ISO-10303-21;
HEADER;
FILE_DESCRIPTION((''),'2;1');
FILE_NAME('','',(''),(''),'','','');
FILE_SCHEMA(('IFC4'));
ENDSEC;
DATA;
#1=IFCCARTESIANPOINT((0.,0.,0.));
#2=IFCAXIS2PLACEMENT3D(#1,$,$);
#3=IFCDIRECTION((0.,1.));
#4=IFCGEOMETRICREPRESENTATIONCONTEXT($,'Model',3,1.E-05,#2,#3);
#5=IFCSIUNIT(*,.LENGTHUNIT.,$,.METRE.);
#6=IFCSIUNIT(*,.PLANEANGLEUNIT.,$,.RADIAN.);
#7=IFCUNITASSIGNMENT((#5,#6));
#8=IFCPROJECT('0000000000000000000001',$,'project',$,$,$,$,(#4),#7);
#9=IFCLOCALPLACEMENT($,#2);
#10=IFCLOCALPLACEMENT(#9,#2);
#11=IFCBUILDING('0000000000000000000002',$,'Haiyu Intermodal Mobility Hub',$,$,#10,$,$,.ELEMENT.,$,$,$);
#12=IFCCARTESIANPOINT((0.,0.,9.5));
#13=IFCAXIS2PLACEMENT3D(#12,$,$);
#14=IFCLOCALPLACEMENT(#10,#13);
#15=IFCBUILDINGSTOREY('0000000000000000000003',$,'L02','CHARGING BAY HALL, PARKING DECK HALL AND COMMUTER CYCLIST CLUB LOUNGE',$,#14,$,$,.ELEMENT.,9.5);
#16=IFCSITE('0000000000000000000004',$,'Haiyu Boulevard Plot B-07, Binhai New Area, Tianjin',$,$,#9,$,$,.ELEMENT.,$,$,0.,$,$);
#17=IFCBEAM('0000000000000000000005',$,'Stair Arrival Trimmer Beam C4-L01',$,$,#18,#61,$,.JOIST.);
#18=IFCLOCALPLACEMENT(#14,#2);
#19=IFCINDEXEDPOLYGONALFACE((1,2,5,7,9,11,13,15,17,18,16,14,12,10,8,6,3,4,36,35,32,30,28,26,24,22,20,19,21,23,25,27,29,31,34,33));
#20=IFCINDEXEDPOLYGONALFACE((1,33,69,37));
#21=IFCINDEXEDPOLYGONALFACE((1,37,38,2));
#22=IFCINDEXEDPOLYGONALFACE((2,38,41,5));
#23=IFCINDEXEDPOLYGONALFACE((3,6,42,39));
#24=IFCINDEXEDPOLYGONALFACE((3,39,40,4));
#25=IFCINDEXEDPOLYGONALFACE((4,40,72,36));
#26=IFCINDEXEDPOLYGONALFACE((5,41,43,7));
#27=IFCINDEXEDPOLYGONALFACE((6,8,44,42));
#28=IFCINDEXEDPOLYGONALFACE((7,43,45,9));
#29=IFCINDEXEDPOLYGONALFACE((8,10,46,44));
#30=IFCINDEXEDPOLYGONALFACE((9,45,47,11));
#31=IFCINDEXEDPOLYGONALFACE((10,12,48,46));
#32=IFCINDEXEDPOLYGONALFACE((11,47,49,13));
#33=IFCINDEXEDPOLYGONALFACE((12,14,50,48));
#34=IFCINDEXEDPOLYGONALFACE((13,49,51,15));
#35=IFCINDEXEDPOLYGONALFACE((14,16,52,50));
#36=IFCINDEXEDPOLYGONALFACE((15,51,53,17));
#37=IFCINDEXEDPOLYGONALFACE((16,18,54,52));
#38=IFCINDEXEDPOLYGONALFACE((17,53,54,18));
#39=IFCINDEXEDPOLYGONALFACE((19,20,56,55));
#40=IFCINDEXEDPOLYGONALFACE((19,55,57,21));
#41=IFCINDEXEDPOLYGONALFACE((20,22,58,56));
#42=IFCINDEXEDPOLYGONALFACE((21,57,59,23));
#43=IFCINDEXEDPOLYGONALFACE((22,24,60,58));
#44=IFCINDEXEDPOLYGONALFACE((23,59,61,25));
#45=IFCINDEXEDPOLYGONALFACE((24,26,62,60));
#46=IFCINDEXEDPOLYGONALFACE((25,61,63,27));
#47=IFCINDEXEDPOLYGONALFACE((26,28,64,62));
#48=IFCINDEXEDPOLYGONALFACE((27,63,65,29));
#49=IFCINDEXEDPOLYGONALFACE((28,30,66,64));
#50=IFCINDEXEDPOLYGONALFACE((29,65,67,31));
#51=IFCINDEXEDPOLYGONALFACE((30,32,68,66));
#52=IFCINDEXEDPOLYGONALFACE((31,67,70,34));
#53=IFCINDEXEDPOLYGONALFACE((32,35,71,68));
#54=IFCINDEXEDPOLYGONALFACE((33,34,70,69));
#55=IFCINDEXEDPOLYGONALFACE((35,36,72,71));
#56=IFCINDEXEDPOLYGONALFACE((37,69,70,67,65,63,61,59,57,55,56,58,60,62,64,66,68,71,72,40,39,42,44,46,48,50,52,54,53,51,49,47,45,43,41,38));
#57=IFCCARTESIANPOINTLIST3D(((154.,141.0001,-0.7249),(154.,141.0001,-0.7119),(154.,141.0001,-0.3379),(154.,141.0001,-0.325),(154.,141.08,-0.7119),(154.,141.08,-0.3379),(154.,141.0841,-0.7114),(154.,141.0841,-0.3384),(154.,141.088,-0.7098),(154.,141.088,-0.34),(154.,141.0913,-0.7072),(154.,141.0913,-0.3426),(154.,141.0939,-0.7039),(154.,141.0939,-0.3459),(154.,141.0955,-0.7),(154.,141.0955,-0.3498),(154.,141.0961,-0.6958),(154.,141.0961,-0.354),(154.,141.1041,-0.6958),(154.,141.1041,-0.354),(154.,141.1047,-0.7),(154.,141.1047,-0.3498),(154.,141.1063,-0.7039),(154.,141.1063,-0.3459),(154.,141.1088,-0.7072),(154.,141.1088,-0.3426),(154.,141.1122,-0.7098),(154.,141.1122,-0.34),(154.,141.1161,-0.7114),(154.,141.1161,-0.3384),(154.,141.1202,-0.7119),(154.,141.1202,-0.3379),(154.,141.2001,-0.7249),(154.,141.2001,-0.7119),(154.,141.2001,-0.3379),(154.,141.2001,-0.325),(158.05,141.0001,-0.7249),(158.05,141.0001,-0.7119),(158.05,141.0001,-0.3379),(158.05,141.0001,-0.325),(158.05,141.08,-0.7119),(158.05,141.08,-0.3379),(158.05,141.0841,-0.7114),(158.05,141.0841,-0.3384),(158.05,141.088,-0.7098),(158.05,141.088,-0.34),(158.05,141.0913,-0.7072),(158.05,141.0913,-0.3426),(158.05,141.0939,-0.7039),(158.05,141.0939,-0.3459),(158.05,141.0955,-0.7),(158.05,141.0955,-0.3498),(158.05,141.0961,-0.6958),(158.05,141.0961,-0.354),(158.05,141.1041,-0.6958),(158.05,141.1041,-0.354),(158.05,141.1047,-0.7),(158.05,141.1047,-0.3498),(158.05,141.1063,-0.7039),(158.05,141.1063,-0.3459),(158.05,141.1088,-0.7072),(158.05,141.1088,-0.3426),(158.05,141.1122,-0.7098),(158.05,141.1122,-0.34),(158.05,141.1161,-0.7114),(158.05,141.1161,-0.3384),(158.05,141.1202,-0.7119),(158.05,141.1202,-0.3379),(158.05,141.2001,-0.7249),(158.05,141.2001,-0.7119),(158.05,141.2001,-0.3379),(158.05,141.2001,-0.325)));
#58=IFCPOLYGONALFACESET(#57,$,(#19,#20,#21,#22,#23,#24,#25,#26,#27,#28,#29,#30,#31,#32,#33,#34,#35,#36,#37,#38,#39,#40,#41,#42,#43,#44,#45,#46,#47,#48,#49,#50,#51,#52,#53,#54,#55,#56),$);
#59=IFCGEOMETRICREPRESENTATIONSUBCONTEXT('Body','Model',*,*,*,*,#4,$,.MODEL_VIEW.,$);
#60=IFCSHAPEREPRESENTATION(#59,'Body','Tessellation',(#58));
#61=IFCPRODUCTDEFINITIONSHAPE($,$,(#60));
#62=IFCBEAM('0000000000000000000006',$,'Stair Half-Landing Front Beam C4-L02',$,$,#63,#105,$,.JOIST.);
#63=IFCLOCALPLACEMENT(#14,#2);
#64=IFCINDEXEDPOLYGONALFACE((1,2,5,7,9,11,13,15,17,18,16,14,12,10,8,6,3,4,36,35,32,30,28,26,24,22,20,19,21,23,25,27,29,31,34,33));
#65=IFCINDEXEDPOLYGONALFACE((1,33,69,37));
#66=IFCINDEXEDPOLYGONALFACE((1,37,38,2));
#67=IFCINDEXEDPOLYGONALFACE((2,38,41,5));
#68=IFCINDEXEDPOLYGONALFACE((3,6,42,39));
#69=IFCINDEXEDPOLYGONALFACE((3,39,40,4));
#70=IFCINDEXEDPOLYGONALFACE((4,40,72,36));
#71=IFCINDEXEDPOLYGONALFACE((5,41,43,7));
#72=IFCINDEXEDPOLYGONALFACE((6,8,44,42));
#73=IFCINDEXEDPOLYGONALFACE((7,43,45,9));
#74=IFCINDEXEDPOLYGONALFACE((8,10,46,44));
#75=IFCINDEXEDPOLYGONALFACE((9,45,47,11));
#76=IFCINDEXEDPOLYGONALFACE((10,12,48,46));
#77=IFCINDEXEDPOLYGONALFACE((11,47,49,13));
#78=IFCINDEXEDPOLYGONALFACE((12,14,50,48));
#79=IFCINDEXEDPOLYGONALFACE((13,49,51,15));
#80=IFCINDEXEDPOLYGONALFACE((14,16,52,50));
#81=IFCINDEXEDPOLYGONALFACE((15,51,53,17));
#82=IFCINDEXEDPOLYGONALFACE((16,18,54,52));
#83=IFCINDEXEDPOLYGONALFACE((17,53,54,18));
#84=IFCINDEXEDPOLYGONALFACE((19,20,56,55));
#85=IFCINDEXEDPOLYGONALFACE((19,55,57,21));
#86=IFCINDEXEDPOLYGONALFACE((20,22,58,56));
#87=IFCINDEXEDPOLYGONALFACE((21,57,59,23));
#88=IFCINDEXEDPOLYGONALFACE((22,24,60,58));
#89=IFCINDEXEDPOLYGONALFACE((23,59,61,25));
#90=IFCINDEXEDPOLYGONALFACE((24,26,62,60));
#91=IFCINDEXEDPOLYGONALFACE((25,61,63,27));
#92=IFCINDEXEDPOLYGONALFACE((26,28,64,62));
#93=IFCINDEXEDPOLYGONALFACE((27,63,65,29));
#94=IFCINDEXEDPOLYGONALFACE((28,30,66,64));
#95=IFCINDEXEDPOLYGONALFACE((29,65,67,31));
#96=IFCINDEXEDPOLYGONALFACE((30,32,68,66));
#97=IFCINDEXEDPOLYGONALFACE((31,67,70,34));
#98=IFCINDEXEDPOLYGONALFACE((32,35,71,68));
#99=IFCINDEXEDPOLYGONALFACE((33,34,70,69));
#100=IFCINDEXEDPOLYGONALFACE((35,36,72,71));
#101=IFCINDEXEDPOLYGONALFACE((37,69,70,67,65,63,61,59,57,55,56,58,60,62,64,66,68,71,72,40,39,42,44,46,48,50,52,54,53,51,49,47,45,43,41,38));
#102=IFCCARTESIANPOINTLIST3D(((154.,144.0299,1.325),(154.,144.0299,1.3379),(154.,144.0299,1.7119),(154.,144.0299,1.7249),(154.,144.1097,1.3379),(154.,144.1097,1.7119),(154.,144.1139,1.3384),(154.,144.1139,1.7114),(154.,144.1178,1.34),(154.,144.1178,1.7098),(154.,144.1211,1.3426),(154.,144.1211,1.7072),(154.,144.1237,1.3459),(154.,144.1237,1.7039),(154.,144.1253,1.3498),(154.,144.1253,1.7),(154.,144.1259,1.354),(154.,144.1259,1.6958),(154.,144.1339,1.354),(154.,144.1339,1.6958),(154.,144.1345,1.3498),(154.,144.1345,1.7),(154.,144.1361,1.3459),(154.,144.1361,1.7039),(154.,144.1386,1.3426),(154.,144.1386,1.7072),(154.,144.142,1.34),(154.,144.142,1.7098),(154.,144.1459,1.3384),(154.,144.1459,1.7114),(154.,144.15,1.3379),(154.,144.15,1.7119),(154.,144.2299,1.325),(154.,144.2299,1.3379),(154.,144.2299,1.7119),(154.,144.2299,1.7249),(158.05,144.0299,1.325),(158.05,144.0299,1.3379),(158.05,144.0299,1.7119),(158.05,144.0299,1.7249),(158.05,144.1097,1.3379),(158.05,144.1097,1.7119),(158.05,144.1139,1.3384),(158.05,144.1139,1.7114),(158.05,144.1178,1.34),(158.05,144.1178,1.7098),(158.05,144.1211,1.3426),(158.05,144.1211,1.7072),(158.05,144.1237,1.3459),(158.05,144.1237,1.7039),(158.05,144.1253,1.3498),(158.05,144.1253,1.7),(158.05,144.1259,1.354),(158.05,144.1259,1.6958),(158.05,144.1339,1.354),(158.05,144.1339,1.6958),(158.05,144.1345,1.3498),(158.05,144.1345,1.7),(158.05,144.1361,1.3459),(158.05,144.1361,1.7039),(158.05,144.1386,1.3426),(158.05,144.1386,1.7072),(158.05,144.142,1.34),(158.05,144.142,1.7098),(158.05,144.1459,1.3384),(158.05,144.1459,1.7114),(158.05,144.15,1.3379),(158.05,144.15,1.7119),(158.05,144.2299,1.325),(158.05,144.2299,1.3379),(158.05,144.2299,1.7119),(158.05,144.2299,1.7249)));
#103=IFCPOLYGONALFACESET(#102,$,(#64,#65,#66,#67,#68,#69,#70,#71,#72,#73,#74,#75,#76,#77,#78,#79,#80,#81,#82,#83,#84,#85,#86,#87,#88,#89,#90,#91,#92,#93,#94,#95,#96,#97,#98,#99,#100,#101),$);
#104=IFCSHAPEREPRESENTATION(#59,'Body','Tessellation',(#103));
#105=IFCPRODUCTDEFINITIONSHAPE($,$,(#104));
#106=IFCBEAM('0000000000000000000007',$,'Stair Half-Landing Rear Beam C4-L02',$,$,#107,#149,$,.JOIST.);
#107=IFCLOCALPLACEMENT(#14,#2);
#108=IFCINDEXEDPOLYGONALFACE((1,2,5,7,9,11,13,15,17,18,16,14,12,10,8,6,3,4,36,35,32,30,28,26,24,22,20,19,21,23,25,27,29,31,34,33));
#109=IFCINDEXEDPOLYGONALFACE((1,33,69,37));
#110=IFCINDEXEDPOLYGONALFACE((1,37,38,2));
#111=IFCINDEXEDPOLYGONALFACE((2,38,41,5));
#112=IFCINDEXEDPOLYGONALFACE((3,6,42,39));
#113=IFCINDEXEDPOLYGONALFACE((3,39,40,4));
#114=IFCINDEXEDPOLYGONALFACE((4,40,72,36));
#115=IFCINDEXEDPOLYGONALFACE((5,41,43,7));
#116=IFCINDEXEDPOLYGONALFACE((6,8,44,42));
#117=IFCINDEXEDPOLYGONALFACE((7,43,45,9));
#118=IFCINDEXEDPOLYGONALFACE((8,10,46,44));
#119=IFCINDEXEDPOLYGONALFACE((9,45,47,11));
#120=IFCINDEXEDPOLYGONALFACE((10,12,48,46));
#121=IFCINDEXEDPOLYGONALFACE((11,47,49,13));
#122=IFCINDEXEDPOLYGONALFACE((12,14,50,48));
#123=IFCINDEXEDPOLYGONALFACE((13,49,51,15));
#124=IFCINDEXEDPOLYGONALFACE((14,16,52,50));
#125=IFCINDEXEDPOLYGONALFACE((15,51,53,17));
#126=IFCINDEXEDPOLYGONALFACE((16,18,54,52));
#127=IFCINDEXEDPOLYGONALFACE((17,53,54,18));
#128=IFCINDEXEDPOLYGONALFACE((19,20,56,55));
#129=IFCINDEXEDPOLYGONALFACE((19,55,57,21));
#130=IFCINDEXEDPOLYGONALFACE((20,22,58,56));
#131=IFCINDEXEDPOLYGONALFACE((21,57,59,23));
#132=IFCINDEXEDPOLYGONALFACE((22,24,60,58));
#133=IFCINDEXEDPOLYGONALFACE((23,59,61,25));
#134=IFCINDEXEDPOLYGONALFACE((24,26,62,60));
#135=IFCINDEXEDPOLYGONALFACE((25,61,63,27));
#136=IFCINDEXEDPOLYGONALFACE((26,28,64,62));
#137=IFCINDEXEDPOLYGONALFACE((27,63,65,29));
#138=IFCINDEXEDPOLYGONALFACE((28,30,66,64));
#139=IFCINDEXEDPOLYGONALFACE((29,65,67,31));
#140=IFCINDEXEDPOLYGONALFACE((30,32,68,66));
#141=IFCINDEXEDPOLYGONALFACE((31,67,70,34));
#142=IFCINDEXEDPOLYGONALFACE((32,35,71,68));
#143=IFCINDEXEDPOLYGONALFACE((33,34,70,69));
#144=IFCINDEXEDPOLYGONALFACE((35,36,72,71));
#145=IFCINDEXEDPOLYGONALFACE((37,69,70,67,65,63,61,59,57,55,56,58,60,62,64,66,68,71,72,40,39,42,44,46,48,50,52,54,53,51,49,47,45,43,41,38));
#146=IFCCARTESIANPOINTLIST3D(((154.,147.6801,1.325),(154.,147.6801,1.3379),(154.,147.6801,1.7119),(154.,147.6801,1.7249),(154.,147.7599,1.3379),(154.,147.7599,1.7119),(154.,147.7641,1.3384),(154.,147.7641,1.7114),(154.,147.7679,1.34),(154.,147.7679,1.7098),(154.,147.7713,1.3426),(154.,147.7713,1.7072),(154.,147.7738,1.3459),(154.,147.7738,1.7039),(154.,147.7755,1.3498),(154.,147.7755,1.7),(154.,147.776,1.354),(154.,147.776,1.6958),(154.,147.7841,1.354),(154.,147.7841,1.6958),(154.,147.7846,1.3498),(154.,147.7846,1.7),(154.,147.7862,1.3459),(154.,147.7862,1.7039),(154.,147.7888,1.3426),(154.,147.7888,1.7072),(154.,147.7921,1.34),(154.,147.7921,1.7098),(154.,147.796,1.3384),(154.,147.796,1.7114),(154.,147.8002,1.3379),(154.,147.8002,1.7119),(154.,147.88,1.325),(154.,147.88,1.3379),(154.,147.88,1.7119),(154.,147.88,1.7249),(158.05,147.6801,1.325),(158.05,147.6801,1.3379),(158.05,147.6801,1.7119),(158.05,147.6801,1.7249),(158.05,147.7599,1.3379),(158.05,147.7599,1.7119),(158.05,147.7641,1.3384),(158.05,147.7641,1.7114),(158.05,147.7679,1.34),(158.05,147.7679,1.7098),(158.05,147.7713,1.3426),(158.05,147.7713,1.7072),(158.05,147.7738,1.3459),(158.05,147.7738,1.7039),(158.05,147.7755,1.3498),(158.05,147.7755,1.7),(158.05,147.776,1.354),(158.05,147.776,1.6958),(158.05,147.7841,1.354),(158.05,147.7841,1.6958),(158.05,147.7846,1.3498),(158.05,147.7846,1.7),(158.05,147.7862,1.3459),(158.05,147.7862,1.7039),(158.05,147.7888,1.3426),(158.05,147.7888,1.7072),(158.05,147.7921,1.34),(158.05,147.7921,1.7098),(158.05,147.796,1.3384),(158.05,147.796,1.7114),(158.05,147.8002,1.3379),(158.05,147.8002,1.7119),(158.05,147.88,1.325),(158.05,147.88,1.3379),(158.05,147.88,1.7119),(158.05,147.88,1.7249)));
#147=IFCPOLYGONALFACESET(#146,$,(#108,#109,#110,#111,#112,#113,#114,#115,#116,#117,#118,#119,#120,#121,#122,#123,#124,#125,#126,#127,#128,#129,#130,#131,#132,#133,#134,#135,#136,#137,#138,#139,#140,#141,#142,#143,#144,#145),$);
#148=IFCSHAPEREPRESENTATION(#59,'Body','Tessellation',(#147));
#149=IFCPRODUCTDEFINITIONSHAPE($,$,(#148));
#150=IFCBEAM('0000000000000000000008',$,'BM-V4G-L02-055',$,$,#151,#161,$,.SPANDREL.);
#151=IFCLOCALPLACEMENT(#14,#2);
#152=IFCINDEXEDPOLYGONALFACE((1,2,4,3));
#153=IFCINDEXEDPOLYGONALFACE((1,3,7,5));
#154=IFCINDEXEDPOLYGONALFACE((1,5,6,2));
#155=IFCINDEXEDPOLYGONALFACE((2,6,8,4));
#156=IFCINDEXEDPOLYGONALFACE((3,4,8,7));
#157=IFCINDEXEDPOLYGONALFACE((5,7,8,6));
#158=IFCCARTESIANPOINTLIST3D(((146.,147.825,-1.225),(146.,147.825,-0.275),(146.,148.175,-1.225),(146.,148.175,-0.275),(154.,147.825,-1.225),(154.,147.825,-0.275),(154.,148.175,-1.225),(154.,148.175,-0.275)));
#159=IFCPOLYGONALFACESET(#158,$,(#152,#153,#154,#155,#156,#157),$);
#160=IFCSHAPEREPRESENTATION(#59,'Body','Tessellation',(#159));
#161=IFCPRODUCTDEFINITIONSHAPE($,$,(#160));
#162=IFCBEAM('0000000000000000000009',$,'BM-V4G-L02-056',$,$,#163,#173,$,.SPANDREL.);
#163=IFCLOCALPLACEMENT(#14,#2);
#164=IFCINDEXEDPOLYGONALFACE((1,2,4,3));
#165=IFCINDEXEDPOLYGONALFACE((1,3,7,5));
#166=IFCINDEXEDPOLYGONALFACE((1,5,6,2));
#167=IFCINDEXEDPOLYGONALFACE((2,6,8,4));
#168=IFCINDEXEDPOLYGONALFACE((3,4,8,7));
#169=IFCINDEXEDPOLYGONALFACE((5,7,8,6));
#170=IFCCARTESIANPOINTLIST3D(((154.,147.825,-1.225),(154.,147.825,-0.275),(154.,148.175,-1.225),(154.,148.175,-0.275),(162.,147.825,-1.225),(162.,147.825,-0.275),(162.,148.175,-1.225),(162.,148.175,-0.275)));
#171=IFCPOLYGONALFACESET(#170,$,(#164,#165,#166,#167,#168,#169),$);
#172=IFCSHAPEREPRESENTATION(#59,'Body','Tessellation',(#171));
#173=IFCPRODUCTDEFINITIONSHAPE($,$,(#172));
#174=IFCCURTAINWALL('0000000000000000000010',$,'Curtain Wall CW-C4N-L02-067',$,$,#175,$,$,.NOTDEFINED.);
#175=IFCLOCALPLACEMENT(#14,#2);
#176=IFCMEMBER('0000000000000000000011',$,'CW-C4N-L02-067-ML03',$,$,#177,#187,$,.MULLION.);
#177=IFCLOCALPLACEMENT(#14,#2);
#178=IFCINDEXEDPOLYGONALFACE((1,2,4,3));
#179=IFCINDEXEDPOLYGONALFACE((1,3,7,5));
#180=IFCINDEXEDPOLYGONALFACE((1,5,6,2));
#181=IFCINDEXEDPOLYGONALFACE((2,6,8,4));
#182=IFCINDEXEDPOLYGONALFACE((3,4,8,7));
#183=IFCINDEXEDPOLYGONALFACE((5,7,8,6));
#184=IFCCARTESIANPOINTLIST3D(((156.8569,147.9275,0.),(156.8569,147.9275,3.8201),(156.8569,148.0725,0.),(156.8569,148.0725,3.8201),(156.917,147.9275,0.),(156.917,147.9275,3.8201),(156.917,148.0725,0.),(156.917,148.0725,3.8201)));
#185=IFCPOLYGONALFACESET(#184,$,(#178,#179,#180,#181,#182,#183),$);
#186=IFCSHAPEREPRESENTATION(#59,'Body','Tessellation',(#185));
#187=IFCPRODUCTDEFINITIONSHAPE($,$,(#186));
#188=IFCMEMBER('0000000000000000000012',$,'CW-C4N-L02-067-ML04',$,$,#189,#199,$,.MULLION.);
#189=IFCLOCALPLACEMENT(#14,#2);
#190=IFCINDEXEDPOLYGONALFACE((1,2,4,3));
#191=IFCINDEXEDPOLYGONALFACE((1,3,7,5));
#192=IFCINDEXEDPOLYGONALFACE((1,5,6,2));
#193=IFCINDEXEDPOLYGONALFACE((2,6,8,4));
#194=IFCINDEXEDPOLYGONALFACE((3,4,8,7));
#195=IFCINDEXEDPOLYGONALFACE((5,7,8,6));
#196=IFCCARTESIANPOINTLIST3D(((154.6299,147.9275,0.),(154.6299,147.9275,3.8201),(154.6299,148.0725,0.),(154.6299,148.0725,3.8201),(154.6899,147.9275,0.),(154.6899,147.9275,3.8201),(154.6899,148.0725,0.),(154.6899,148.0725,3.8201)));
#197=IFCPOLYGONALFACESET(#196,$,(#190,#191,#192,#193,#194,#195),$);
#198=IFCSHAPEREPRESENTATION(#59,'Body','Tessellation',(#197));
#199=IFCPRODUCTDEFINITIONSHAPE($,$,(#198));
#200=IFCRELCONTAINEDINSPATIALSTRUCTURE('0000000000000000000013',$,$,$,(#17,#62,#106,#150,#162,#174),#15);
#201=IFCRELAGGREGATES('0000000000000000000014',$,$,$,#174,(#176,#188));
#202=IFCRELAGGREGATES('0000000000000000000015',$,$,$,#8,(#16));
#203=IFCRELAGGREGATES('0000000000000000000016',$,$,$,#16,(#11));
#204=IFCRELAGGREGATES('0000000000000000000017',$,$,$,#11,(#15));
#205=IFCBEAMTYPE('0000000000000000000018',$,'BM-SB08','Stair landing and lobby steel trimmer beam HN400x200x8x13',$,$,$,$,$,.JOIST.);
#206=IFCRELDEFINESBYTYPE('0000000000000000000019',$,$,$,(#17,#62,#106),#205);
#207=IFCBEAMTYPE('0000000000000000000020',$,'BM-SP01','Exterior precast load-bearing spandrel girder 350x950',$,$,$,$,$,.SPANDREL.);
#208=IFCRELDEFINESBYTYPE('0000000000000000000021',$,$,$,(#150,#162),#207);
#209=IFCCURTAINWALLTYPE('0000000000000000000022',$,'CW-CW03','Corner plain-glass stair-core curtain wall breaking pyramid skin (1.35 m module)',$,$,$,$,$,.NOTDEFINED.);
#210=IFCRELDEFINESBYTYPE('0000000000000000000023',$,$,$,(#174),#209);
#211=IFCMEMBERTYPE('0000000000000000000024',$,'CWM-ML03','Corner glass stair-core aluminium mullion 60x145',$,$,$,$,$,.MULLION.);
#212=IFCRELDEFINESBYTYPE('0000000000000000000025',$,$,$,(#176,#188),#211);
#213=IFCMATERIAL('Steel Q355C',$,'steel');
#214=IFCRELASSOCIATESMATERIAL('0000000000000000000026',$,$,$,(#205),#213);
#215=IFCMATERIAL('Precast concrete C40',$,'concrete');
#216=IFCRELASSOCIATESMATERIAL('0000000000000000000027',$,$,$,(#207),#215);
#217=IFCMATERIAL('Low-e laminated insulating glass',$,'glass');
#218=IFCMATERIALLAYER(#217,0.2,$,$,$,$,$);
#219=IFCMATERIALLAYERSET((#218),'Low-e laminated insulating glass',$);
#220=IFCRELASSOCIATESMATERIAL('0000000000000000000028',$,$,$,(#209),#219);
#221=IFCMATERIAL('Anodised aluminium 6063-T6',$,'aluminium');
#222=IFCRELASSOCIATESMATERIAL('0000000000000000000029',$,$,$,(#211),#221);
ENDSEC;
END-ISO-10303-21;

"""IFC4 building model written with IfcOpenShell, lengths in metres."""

from ifc_helpers import new_model, si_unit, direction, frame, origin, origin_2d, place, context, subcontext, project, spatial, rectangle, i_section, extrude, material, layer, layer_set, material_profile, profile_set, type_object, element, aggregate, save


model = new_model("IFC4")

# Units and contexts
model_context = context("Model", 3, precision=1e-05, world=origin(), true_north=direction((0.0, 1.0)))
body_context = subcontext(model_context, "Body", "Model", "MODEL_VIEW")
ifc_project = project(units=[si_unit("LENGTHUNIT", "METRE"), si_unit("PLANEANGLEUNIT", "RADIAN")], contexts=[model_context])

# Site, building, storey
site_placement = place(None, origin())
site = spatial("IfcSite", under=ifc_project, at=site_placement, Name="Haiyu Boulevard Plot B-07, Binhai New Area, Tianjin", CompositionType="ELEMENT", RefElevation=0.0)
building_placement = place(site_placement, origin())
building = spatial("IfcBuilding", under=site, at=building_placement, Name="Haiyu Intermodal Mobility Hub", CompositionType="ELEMENT")
storey_placement = place(building_placement, frame((0.0, 0.0, 9.5)))
storey = spatial("IfcBuildingStorey", under=building, at=storey_placement, Name="L02", Description="CHARGING BAY HALL, PARKING DECK HALL AND COMMUTER CYCLIST CLUB LOUNGE", CompositionType="ELEMENT", Elevation=9.5)

# Shared definitions
ifc_material_1 = material(Name="Precast concrete C40", Category="concrete")
ifc_material_2 = material(Name="Steel Q355C", Category="steel")

# Beams
ifc_material_profile_1 = material_profile(ifc_material_2, i_section(OverallWidth=0.2, OverallDepth=0.3999, WebThickness=0.0081, FlangeThickness=0.0129, FilletRadius=0.0161, at=origin_2d()), Name="HN400x200x8x13")
ifc_profile_set_1 = profile_set([ifc_material_profile_1], Name="Steel Q355C")
beam_type_1 = type_object("IfcBeamType", Name="BM-SB08", Description="Stair landing and lobby steel trimmer beam HN400x200x8x13", PredefinedType="JOIST", material=ifc_profile_set_1)
for number, where, z_axis, x_axis, name in (
    (1, (154.0, 141.1001, -0.5249), (1.0, 0.0, 0.0), (0.0, 1.0, 0.0), "Stair Arrival Trimmer Beam C4-L01"),
    (2, (154.0, 144.1299, 1.5249), (1.0, 0.0, 0.0), (0.0, 1.0, 0.0), "Stair Half-Landing Front Beam C4-L02"),
    (3, (154.0, 147.78, 1.5249), (1.0, 0.0, 0.0), (0.0, 1.0, 0.0), "Stair Half-Landing Rear Beam C4-L02"),
):
    element("IfcBeam", number, at=place(storey_placement, frame(where, z_axis=z_axis, x_axis=x_axis)), inside=storey, type_object=beam_type_1, Name=name, PredefinedType="JOIST", context=body_context, shape_type="SweptSolid", body=[
        extrude(i_section(OverallWidth=0.2, OverallDepth=0.3999, WebThickness=0.0081, FlangeThickness=0.0129, FilletRadius=0.0161, at=origin_2d()), origin(), (0.0, 0.0, 1.0), 4.05),
    ])
ifc_material_profile_2 = material_profile(ifc_material_1, rectangle(XDim=0.3501, YDim=0.95, at=origin_2d()), Name="PC350x950")
ifc_profile_set_2 = profile_set([ifc_material_profile_2], Name="Precast concrete C40")
beam_type_2 = type_object("IfcBeamType", Name="BM-SP01", Description="Exterior precast load-bearing spandrel girder 350x950", PredefinedType="SPANDREL", material=ifc_profile_set_2)
for number, where, z_axis, x_axis, name in (
    (4, (146.0, 148.0, -0.75), (1.0, 0.0, 0.0), (0.0, 1.0, 0.0), "BM-V4G-L02-055"),
    (5, (154.0, 148.0, -0.75), (1.0, 0.0, 0.0), (0.0, 1.0, 0.0), "BM-V4G-L02-056"),
):
    element("IfcBeam", number, at=place(storey_placement, frame(where, z_axis=z_axis, x_axis=x_axis)), inside=storey, type_object=beam_type_2, Name=name, PredefinedType="SPANDREL", context=body_context, shape_type="SweptSolid", body=[
        extrude(rectangle(XDim=0.3501, YDim=0.95, at=origin_2d()), origin(), (0.0, 0.0, 1.0), 8.0),
    ])

# Curtain wall, members
ifc_material_3 = material(Name="Low-e laminated insulating glass", Category="glass")
ifc_layer_1 = layer(ifc_material_3, 0.2)
ifc_layer_set_1 = layer_set([ifc_layer_1], Name="Low-e laminated insulating glass")
curtain_wall_type = type_object("IfcCurtainWallType", Name="CW-CW03", Description="Corner plain-glass stair-core curtain wall breaking pyramid skin (1.35 m module)", PredefinedType="NOTDEFINED", material=ifc_layer_set_1)
curtain_wall_placement = place(storey_placement, origin())
curtain_wall = element("IfcCurtainWall", 6, at=curtain_wall_placement, inside=storey, type_object=curtain_wall_type, Name="Curtain Wall CW-C4N-L02-067", PredefinedType="NOTDEFINED")
ifc_material_4 = material(Name="Anodised aluminium 6063-T6", Category="aluminium")
ifc_material_profile_3 = material_profile(ifc_material_4, rectangle(XDim=0.0601, YDim=0.145, at=origin_2d()), Name="ALU60x145")
ifc_profile_set_3 = profile_set([ifc_material_profile_3], Name="Anodised aluminium 6063-T6")
member_type_1 = type_object("IfcMemberType", Name="CWM-ML03", Description="Corner glass stair-core aluminium mullion 60x145", PredefinedType="MULLION", material=ifc_profile_set_3)
member_1_placement = place(storey_placement, frame((156.887, 148.0, 0.0), z_axis=(0.0, 0.0, 1.0), x_axis=(1.0, 0.0, 0.0)))
member_1 = element("IfcMember", 7, at=member_1_placement, type_object=member_type_1, Name="CW-C4N-L02-067-ML03", PredefinedType="MULLION", context=body_context, shape_type="SweptSolid", body=[
    extrude(rectangle(XDim=0.0601, YDim=0.145, at=origin_2d()), origin(), (0.0, 0.0, 1.0), 3.8201),
])
member_2_placement = place(storey_placement, frame((154.6599, 148.0, 0.0), z_axis=(0.0, 0.0, 1.0), x_axis=(1.0, 0.0, 0.0)))
member_2 = element("IfcMember", 8, at=member_2_placement, type_object=member_type_1, Name="CW-C4N-L02-067-ML04", PredefinedType="MULLION", context=body_context, shape_type="SweptSolid", body=[
    extrude(rectangle(XDim=0.0601, YDim=0.145, at=origin_2d()), origin(), (0.0, 0.0, 1.0), 3.8201),
])

aggregate(curtain_wall, [member_1, member_2])

save(model, "model.ifc")
